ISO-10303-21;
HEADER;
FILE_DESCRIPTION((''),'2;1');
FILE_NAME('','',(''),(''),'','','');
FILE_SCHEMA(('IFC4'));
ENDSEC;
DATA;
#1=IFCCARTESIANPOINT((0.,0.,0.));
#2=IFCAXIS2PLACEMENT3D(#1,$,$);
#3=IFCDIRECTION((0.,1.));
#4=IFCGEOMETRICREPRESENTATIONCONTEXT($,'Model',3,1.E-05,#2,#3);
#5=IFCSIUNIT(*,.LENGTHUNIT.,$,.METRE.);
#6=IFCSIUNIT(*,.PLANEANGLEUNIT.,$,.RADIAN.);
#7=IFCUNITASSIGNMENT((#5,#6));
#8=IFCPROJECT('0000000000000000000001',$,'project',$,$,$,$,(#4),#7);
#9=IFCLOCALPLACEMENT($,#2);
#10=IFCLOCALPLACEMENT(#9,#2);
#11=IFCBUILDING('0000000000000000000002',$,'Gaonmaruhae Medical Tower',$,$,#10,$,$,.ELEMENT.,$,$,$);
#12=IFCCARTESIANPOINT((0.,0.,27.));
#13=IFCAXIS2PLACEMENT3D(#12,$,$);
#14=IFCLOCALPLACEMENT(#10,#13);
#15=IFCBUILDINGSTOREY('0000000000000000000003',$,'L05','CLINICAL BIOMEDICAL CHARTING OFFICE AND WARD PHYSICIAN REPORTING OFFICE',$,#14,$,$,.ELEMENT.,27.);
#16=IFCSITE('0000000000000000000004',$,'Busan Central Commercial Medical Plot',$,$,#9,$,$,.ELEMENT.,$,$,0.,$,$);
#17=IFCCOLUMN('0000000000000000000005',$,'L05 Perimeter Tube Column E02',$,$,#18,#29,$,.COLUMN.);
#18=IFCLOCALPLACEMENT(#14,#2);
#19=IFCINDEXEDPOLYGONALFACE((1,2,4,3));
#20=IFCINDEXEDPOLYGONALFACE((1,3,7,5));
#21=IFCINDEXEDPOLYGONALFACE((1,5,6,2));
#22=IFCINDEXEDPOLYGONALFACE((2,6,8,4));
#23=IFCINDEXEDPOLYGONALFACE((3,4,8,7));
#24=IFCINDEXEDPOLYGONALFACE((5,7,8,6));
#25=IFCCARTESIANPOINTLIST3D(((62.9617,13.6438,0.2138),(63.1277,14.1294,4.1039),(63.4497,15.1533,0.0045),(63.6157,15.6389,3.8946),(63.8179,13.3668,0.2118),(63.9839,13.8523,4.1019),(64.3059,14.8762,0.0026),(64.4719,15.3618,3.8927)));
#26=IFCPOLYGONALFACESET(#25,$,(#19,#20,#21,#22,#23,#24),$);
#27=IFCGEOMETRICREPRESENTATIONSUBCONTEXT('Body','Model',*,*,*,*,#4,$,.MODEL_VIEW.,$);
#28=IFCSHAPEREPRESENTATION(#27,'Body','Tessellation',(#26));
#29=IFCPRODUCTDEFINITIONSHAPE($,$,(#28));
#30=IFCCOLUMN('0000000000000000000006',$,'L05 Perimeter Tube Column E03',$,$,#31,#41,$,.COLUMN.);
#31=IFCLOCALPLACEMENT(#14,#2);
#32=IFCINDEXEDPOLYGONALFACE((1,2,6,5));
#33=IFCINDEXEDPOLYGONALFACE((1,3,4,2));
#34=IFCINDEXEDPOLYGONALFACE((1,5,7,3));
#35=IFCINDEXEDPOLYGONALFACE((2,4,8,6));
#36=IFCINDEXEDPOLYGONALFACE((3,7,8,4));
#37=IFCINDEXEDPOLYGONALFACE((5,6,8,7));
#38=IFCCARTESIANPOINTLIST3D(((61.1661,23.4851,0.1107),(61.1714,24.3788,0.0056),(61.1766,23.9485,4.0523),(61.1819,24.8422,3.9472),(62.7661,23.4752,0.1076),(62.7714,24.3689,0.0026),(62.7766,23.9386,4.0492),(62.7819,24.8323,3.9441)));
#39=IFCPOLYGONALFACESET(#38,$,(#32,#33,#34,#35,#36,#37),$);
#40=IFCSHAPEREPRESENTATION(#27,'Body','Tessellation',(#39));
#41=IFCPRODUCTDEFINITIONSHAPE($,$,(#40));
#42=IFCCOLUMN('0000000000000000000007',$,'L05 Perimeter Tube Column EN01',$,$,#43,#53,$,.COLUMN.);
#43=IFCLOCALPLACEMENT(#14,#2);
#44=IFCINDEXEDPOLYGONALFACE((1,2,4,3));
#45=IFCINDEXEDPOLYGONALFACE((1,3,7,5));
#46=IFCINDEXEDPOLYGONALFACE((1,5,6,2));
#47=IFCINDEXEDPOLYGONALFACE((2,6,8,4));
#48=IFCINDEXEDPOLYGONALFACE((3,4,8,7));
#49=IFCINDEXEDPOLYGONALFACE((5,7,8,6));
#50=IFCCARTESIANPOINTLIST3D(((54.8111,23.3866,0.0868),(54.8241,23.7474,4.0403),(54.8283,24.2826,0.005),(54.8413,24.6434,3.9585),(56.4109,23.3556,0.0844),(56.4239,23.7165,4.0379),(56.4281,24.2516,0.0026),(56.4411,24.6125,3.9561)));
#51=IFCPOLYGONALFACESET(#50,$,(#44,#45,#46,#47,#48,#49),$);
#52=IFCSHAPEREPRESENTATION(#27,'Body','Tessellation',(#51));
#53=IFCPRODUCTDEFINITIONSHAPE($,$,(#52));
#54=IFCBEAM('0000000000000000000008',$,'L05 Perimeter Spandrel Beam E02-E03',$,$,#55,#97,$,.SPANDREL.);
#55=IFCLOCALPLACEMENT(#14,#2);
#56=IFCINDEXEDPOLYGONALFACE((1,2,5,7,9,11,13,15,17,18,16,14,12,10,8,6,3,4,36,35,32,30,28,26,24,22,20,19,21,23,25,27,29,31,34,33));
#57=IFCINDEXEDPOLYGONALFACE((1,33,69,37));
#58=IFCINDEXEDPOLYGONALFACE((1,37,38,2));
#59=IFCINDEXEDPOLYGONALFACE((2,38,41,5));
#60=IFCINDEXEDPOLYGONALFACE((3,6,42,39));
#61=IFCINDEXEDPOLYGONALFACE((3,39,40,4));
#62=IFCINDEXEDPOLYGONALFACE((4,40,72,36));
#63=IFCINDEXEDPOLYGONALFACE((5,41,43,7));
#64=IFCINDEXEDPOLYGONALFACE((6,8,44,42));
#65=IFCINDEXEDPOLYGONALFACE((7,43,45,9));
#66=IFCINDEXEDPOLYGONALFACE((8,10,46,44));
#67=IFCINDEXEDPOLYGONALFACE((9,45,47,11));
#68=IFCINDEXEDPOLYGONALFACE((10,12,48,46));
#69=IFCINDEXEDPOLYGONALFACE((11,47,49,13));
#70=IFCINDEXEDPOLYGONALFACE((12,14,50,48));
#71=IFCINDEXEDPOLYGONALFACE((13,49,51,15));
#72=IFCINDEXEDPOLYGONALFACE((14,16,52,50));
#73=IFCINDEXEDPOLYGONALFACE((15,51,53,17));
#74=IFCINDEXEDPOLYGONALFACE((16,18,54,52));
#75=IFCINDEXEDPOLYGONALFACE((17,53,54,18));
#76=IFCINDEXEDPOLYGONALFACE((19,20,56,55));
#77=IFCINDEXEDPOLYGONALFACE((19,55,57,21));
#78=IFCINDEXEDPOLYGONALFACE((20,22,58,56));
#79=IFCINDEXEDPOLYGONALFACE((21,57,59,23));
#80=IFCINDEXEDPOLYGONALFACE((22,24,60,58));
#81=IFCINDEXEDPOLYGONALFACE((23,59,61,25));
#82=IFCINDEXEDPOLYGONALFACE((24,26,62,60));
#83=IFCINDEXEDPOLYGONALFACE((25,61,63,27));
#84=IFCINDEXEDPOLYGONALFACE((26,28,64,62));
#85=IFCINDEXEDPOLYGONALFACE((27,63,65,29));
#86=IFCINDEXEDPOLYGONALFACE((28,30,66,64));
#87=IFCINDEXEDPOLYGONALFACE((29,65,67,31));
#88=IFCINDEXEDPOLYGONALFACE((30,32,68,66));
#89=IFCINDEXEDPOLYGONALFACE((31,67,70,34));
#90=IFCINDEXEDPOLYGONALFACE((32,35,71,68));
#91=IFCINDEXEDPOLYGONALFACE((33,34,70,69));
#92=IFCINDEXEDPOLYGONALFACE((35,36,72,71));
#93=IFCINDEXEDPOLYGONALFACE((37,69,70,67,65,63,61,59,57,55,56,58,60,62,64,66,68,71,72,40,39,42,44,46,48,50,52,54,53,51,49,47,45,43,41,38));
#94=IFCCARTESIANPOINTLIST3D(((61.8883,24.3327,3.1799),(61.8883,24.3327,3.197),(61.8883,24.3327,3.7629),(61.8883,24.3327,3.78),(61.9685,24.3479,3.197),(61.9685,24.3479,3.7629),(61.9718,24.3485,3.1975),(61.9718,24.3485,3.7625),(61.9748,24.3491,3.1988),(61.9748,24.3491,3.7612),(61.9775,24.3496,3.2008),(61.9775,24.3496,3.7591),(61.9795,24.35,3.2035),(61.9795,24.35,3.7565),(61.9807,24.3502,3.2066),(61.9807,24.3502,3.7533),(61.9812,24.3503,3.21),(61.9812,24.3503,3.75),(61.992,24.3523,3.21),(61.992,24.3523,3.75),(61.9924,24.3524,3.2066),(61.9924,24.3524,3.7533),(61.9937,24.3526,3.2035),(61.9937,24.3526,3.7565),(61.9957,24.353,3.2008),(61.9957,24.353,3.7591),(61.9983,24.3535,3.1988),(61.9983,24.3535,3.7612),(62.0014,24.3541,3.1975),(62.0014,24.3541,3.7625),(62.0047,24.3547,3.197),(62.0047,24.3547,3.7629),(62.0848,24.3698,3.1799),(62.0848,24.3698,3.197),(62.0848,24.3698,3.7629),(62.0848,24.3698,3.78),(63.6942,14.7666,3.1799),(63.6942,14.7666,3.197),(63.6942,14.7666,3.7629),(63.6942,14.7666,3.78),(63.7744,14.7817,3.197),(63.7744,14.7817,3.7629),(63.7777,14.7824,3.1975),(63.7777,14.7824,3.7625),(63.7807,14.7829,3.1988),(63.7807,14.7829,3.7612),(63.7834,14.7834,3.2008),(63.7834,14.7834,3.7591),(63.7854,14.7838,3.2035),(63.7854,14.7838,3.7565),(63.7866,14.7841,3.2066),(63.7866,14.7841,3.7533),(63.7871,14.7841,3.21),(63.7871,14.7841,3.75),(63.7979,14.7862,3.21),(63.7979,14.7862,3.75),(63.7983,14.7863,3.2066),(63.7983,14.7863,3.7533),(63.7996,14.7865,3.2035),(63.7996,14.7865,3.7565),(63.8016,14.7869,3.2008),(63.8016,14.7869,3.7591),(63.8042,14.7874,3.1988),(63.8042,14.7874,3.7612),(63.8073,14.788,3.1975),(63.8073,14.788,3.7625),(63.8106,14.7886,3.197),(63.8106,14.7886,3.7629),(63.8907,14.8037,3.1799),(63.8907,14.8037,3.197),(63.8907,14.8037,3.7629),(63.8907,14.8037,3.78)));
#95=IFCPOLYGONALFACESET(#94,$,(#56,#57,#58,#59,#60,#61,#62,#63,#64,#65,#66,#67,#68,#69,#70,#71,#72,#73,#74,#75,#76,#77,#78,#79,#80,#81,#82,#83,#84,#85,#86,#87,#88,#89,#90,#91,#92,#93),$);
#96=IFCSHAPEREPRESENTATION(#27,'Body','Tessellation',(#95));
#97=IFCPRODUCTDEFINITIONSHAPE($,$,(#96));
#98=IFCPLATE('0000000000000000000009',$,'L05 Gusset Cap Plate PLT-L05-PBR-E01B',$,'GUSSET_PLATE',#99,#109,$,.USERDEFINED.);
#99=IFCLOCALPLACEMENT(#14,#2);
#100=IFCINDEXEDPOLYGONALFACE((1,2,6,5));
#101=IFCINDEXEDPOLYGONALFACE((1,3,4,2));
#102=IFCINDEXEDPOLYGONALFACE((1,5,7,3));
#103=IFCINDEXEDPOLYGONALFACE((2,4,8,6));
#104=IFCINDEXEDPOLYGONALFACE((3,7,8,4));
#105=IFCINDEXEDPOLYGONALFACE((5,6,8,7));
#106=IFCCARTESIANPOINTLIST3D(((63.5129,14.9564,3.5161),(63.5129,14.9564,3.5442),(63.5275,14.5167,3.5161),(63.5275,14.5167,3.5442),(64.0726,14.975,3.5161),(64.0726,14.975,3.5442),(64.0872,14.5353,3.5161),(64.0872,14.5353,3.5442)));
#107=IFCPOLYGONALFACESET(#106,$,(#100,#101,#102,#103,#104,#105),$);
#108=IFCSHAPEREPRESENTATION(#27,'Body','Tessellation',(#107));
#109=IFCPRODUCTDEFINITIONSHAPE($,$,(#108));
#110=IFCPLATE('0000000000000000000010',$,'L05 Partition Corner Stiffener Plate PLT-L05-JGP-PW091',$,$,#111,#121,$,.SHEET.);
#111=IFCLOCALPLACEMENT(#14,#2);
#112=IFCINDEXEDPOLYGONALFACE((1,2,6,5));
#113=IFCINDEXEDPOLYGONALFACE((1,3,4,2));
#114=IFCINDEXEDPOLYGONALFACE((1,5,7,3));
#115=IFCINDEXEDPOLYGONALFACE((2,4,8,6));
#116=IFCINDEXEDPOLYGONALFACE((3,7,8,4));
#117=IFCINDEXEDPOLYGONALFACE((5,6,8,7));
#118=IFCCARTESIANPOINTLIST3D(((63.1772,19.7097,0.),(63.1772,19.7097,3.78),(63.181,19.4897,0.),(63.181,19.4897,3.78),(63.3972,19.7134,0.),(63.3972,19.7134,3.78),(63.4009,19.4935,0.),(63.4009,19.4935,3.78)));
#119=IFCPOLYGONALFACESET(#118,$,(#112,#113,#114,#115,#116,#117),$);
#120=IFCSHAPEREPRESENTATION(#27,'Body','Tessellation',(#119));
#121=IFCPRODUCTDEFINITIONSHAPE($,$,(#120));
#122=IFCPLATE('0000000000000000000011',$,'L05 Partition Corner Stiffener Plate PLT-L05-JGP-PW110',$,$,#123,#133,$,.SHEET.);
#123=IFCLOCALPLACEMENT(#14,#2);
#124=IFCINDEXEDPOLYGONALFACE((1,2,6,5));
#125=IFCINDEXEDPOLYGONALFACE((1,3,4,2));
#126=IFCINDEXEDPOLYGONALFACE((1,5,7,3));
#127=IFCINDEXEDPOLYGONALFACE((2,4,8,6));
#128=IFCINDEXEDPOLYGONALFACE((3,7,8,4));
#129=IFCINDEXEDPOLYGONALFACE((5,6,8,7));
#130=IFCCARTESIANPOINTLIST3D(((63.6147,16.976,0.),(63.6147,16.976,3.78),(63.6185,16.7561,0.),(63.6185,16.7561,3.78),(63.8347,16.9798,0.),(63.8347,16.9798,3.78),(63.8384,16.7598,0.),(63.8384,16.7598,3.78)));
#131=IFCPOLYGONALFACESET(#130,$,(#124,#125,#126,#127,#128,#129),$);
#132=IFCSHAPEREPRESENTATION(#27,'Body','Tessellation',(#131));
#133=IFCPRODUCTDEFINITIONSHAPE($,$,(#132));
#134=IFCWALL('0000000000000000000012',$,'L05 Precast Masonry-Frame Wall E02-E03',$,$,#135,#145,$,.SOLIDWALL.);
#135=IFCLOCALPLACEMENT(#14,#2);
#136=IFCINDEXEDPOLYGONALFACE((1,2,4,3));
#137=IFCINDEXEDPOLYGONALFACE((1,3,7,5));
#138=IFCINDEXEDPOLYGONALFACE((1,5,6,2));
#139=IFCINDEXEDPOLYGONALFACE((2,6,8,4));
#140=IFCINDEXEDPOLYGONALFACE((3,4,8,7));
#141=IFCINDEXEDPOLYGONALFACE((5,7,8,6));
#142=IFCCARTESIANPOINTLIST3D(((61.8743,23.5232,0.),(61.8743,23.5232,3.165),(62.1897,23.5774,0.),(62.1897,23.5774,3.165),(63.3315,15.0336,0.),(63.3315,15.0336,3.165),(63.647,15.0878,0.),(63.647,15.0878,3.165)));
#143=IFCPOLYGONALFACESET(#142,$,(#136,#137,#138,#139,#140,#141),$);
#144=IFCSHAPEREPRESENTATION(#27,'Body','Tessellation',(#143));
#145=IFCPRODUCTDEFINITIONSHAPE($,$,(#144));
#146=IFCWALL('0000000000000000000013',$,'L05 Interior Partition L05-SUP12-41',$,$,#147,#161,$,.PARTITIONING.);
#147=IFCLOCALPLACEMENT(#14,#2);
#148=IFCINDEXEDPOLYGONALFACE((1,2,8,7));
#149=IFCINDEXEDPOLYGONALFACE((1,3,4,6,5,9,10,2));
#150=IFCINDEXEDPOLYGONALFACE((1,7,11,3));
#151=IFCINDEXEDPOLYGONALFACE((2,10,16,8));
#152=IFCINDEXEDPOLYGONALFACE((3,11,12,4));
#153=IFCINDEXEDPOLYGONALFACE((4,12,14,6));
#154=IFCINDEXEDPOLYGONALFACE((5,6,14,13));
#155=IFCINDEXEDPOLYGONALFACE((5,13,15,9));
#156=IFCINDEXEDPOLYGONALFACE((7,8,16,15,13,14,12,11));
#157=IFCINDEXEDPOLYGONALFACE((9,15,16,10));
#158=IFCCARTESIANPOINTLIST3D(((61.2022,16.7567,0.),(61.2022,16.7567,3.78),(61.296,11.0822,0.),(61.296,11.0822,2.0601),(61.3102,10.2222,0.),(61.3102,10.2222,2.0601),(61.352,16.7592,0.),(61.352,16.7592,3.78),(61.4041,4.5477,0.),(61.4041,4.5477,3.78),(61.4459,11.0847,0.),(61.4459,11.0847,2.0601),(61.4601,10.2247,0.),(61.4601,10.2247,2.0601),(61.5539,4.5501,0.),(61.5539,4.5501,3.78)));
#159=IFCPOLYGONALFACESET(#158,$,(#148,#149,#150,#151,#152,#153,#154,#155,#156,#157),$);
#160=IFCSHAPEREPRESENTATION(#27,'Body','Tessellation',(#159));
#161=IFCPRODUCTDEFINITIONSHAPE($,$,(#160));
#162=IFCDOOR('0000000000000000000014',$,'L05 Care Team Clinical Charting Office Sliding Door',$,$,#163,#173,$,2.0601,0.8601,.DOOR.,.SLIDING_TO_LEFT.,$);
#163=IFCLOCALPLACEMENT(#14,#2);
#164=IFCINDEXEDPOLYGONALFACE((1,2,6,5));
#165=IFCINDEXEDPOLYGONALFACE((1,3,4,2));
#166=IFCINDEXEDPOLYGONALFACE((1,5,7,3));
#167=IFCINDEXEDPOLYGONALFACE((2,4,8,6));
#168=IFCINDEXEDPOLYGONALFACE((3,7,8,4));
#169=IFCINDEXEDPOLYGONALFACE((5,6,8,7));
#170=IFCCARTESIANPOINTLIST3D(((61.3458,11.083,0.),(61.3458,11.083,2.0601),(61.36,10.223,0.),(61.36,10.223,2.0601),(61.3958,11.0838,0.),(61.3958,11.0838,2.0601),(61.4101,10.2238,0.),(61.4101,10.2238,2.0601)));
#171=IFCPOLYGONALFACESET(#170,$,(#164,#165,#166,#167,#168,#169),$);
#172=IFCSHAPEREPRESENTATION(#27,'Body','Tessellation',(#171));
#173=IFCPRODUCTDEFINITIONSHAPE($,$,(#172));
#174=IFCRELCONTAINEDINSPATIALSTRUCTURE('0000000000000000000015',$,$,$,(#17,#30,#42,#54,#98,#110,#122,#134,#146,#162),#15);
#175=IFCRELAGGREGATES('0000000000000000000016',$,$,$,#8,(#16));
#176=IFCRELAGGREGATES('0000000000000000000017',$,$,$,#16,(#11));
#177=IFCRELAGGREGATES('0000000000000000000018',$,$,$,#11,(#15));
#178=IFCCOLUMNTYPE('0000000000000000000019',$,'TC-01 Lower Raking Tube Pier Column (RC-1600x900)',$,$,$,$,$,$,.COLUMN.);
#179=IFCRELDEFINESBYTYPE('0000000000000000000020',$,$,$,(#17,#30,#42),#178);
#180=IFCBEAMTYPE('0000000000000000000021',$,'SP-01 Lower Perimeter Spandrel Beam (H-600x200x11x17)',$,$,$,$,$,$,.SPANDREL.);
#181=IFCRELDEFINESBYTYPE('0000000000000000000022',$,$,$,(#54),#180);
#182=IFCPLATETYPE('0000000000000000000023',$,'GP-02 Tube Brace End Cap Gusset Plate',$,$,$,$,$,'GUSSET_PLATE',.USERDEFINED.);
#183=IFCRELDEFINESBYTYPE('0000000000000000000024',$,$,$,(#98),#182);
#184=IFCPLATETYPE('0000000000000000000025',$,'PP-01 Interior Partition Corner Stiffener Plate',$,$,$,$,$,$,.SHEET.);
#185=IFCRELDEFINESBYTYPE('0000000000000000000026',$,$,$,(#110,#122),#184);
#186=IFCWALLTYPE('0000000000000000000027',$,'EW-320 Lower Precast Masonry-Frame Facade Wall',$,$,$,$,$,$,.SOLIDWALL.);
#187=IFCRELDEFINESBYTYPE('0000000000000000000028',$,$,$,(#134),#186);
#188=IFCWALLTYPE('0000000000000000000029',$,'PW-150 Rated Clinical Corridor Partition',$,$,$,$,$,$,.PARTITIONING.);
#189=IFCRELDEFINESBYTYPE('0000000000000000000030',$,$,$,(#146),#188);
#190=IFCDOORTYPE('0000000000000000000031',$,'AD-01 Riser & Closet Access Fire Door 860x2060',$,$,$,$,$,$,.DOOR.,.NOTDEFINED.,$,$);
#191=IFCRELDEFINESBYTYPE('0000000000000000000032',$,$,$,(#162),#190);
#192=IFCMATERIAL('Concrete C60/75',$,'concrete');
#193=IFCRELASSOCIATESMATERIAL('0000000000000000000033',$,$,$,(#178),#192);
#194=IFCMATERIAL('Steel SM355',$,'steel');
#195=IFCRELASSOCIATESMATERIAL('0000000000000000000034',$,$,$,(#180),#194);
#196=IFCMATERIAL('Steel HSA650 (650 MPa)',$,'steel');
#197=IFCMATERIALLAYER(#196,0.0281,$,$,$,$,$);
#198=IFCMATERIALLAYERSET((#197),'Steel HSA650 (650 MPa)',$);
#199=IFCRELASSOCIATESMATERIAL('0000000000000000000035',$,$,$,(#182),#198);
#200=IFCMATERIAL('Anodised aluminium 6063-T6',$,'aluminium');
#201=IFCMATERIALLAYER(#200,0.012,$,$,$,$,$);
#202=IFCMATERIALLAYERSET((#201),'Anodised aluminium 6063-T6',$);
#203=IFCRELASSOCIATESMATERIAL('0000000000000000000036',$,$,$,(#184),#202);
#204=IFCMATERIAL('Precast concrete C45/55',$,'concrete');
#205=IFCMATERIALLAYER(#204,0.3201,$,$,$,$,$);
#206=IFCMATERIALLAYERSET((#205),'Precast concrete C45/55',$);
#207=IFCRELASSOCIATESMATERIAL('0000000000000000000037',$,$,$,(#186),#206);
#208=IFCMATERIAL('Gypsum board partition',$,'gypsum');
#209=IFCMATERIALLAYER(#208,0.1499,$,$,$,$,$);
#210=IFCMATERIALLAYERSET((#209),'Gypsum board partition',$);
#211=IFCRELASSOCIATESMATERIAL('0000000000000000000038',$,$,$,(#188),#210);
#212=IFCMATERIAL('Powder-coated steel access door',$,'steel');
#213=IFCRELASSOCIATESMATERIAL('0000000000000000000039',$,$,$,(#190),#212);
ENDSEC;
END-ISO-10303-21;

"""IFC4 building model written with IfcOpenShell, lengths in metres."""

from ifc_helpers import new_model, si_unit, direction, frame, frame_2d, origin, origin_2d, place, context, subcontext, project, spatial, rectangle, i_section, extrude, material, layer, layer_set, material_profile, profile_set, type_object, element, fill, save


model = new_model("IFC4")

# Units and contexts
model_context = context("Model", 3, precision=1e-05, world=origin(), true_north=direction((0.0, 1.0)))
body_context = subcontext(model_context, "Body", "Model", "MODEL_VIEW")
ifc_project = project(units=[si_unit("LENGTHUNIT", "METRE"), si_unit("PLANEANGLEUNIT", "RADIAN")], contexts=[model_context])

# Site, building, storey
site_placement = place(None, origin())
site = spatial("IfcSite", under=ifc_project, at=site_placement, Name="Busan Central Commercial Medical Plot", CompositionType="ELEMENT", RefElevation=0.0)
building_placement = place(site_placement, origin())
building = spatial("IfcBuilding", under=site, at=building_placement, Name="Gaonmaruhae Medical Tower", CompositionType="ELEMENT")
storey_placement = place(building_placement, frame((0.0, 0.0, 27.0)))
storey = spatial("IfcBuildingStorey", under=building, at=storey_placement, Name="L05", Description="CLINICAL BIOMEDICAL CHARTING OFFICE AND WARD PHYSICIAN REPORTING OFFICE", CompositionType="ELEMENT", Elevation=27.0)

# Columns
ifc_material_1 = material(Name="Concrete C60/75", Category="concrete")
ifc_material_profile_1 = material_profile(ifc_material_1, rectangle(XDim=1.6001, YDim=0.8999, at=origin_2d()), Name="RC-1600x900")
ifc_profile_set_1 = profile_set([ifc_material_profile_1], Name="Concrete C60/75")
column_type = type_object("IfcColumnType", Name="TC-01 Lower Raking Tube Pier Column (RC-1600x900)", PredefinedType="COLUMN", material=ifc_profile_set_1)
column_1_placement = place(storey_placement, frame((63.6338, 14.26, 0.1082), z_axis=(0.042309, 0.123755, 0.99141), x_axis=(-0.304986, -0.943336, 0.13077)))
element("IfcColumn", 1, at=column_1_placement, inside=storey, type_object=column_type, Name="L05 Perimeter Tube Column E02", PredefinedType="COLUMN", context=body_context, shape_type="SweptSolid", body=[
    extrude(rectangle(XDim=1.6001, YDim=0.8999, at=origin_2d()), origin(), (0.0, 0.0, 1.0), 3.9238),
])
column_2_placement = place(storey_placement, frame((61.9688, 23.927, 0.0566), z_axis=(0.002645, 0.116755, 0.993157), x_axis=(-0.999979, 0.006184, 0.001936)))
element("IfcColumn", 2, at=column_2_placement, inside=storey, type_object=column_type, Name="L05 Perimeter Tube Column E03", PredefinedType="COLUMN", context=body_context, shape_type="SweptSolid", body=[
    extrude(rectangle(XDim=1.6001, YDim=0.8999, at=origin_2d()), origin(), (0.0, 0.0, 1.0), 3.9688),
])
column_3_placement = place(storey_placement, frame((55.6196, 23.8191, 0.0447), z_axis=(0.003259, 0.09089, 0.995856), x_axis=(-0.999812, 0.019331, 0.001508)))
element("IfcColumn", 3, at=column_3_placement, inside=storey, type_object=column_type, Name="L05 Perimeter Tube Column EN01", PredefinedType="COLUMN", context=body_context, shape_type="SweptSolid", body=[
    extrude(rectangle(XDim=1.6001, YDim=0.8999, at=origin_2d()), origin(), (0.0, 0.0, 1.0), 3.97),
])

# Beam
ifc_material_2 = material(Name="Steel SM355", Category="steel")
ifc_material_profile_2 = material_profile(ifc_material_2, i_section(OverallWidth=0.2, OverallDepth=0.6001, WebThickness=0.011, FlangeThickness=0.0171, FilletRadius=0.0129, at=origin_2d()), Name="H-600x200x11x17")
ifc_profile_set_2 = profile_set([ifc_material_profile_2], Name="Steel SM355")
beam_type = type_object("IfcBeamType", Name="SP-01 Lower Perimeter Spandrel Beam (H-600x200x11x17)", PredefinedType="SPANDREL", material=ifc_profile_set_2)
beam_placement = place(storey_placement, frame((63.7925, 14.7852, 3.48), z_axis=(-0.185504, 0.982643, 0.0), x_axis=(-0.982643, -0.185504, 0.0)))
element("IfcBeam", 4, at=beam_placement, inside=storey, type_object=beam_type, Name="L05 Perimeter Spandrel Beam E02-E03", PredefinedType="SPANDREL", context=body_context, shape_type="SweptSolid", body=[
    extrude(i_section(OverallWidth=0.2, OverallDepth=0.6001, WebThickness=0.011, FlangeThickness=0.0171, FilletRadius=0.0129, at=origin_2d()), origin(), (0.0, 0.0, 1.0), 9.7351),
])

# Plates
ifc_material_3 = material(Name="Steel HSA650 (650 MPa)", Category="steel")
ifc_layer_1 = layer(ifc_material_3, 0.0281)
ifc_layer_set_1 = layer_set([ifc_layer_1], Name="Steel HSA650 (650 MPa)")
plate_type_1 = type_object("IfcPlateType", Name="GP-02 Tube Brace End Cap Gusset Plate", ElementType="GUSSET_PLATE", PredefinedType="USERDEFINED", material=ifc_layer_set_1)
plate_placement = place(storey_placement, frame((63.8, 14.7458, 3.5161), z_axis=(0.0, 0.0, 1.0), x_axis=(0.99945, 0.033155, 0.0)))
element("IfcPlate", 5, at=plate_placement, inside=storey, type_object=plate_type_1, Name="L05 Gusset Cap Plate PLT-L05-PBR-E01B", ObjectType="GUSSET_PLATE", PredefinedType="USERDEFINED", context=body_context, shape_type="SweptSolid", body=[
    extrude(rectangle(XDim=0.5601, YDim=0.4399, at=origin_2d()), origin(), (0.0, 0.0, 1.0), 0.0281),
])
ifc_material_4 = material(Name="Anodised aluminium 6063-T6", Category="aluminium")
ifc_layer_2 = layer(ifc_material_4, 0.012)
ifc_layer_set_2 = layer_set([ifc_layer_2], Name="Anodised aluminium 6063-T6")
plate_type_2 = type_object("IfcPlateType", Name="PP-01 Interior Partition Corner Stiffener Plate", PredefinedType="SHEET", material=ifc_layer_set_2)
for number, where, z_axis, x_axis, name in (
    (6, (63.2891, 19.6016, 0.0), (0.0, 0.0, 1.0), (-0.999856, -0.016999, 0.0), "L05 Partition Corner Stiffener Plate PLT-L05-JGP-PW091"),
    (7, (63.7266, 16.8679, 0.0), (0.0, 0.0, 1.0), (0.999854, 0.017086, 0.0), "L05 Partition Corner Stiffener Plate PLT-L05-JGP-PW110"),
):
    element("IfcPlate", number, at=place(storey_placement, frame(where, z_axis=z_axis, x_axis=x_axis)), inside=storey, type_object=plate_type_2, Name=name, PredefinedType="SHEET", context=body_context, shape_type="SweptSolid", body=[
        extrude(rectangle(XDim=0.22, YDim=0.22, at=origin_2d()), origin(), (0.0, 0.0, 1.0), 3.78),
    ])

# Wall
ifc_material_5 = material(Name="Precast concrete C45/55", Category="concrete")
ifc_layer_3 = layer(ifc_material_5, 0.3201)
ifc_layer_set_3 = layer_set([ifc_layer_3], Name="Precast concrete C45/55")
wall_type_1 = type_object("IfcWallType", Name="EW-320 Lower Precast Masonry-Frame Facade Wall", PredefinedType="SOLIDWALL", material=ifc_layer_set_3)
wall_1_placement = place(storey_placement, frame((62.032, 23.5503, 0.0), z_axis=(0.0, 0.0, 1.0), x_axis=(0.169182, -0.985585, 0.0)))
element("IfcWall", 8, at=wall_1_placement, inside=storey, type_object=wall_type_1, Name="L05 Precast Masonry-Frame Wall E02-E03", PredefinedType="SOLIDWALL", context=body_context, shape_type="SweptSolid", body=[
    extrude(rectangle(XDim=8.6138, YDim=0.3201, at=frame_2d((4.3069, 0.0))), origin(), (0.0, 0.0, 1.0), 3.165),
])

# Wall, opening, door
ifc_material_6 = material(Name="Gypsum board partition", Category="gypsum")
ifc_layer_4 = layer(ifc_material_6, 0.1499)
ifc_layer_set_4 = layer_set([ifc_layer_4], Name="Gypsum board partition")
wall_type_2 = type_object("IfcWallType", Name="PW-150 Rated Clinical Corridor Partition", PredefinedType="PARTITIONING", material=ifc_layer_set_4)
wall_2_placement = place(storey_placement, frame((61.2771, 16.7581, 0.0), z_axis=(0.0, 0.0, 1.0), x_axis=(0.016535, -0.999863, 0.0)))
wall_2 = element("IfcWall", 9, at=wall_2_placement, inside=storey, type_object=wall_type_2, Name="L05 Interior Partition L05-SUP12-41", PredefinedType="PARTITIONING", context=body_context, shape_type="SweptSolid", body=[
    extrude(rectangle(XDim=12.2107, YDim=0.1499, at=frame_2d((6.1055, 0.0))), origin(), (0.0, 0.0, 1.0), 3.78),
])
opening_1_placement = place(wall_2_placement, frame((5.6753, 0.0, 0.0)))
opening_1 = element("IfcOpeningElement", 10, at=opening_1_placement, cuts=wall_2, PredefinedType="OPENING", context=body_context, shape_type="SweptSolid", body=[
    extrude(rectangle(XDim=0.8601, YDim=2.0601, at=frame_2d((0.4302, 1.03))), frame((0.0, 0.085, 0.0), z_axis=(0.0, -1.0, 0.0), x_axis=(1.0, 0.0, 0.0)), (0.0, 0.0, 1.0), 0.1699),
])
ifc_material_7 = material(Name="Powder-coated steel access door", Category="steel")
door_type_1 = type_object("IfcDoorType", Name="AD-01 Riser & Closet Access Fire Door 860x2060", OperationType="NOTDEFINED", PredefinedType="DOOR", material=ifc_material_7)
door_1_placement = place(opening_1_placement, origin())
door_1 = element("IfcDoor", 11, at=door_1_placement, inside=storey, type_object=door_type_1, Name="L05 Care Team Clinical Charting Office Sliding Door", OperationType="SLIDING_TO_LEFT", OverallHeight=2.0601, OverallWidth=0.8601, PredefinedType="DOOR", context=body_context, shape_type="SweptSolid", body=[
    extrude(rectangle(XDim=0.8601, YDim=2.0601, at=frame_2d((0.4302, 1.03))), frame((0.0, 0.0249, 0.0), z_axis=(0.0, -1.0, 0.0), x_axis=(1.0, 0.0, 0.0)), (0.0, 0.0, 1.0), 0.05),
])
fill(opening_1, door_1)

save(model, "model.ifc")
